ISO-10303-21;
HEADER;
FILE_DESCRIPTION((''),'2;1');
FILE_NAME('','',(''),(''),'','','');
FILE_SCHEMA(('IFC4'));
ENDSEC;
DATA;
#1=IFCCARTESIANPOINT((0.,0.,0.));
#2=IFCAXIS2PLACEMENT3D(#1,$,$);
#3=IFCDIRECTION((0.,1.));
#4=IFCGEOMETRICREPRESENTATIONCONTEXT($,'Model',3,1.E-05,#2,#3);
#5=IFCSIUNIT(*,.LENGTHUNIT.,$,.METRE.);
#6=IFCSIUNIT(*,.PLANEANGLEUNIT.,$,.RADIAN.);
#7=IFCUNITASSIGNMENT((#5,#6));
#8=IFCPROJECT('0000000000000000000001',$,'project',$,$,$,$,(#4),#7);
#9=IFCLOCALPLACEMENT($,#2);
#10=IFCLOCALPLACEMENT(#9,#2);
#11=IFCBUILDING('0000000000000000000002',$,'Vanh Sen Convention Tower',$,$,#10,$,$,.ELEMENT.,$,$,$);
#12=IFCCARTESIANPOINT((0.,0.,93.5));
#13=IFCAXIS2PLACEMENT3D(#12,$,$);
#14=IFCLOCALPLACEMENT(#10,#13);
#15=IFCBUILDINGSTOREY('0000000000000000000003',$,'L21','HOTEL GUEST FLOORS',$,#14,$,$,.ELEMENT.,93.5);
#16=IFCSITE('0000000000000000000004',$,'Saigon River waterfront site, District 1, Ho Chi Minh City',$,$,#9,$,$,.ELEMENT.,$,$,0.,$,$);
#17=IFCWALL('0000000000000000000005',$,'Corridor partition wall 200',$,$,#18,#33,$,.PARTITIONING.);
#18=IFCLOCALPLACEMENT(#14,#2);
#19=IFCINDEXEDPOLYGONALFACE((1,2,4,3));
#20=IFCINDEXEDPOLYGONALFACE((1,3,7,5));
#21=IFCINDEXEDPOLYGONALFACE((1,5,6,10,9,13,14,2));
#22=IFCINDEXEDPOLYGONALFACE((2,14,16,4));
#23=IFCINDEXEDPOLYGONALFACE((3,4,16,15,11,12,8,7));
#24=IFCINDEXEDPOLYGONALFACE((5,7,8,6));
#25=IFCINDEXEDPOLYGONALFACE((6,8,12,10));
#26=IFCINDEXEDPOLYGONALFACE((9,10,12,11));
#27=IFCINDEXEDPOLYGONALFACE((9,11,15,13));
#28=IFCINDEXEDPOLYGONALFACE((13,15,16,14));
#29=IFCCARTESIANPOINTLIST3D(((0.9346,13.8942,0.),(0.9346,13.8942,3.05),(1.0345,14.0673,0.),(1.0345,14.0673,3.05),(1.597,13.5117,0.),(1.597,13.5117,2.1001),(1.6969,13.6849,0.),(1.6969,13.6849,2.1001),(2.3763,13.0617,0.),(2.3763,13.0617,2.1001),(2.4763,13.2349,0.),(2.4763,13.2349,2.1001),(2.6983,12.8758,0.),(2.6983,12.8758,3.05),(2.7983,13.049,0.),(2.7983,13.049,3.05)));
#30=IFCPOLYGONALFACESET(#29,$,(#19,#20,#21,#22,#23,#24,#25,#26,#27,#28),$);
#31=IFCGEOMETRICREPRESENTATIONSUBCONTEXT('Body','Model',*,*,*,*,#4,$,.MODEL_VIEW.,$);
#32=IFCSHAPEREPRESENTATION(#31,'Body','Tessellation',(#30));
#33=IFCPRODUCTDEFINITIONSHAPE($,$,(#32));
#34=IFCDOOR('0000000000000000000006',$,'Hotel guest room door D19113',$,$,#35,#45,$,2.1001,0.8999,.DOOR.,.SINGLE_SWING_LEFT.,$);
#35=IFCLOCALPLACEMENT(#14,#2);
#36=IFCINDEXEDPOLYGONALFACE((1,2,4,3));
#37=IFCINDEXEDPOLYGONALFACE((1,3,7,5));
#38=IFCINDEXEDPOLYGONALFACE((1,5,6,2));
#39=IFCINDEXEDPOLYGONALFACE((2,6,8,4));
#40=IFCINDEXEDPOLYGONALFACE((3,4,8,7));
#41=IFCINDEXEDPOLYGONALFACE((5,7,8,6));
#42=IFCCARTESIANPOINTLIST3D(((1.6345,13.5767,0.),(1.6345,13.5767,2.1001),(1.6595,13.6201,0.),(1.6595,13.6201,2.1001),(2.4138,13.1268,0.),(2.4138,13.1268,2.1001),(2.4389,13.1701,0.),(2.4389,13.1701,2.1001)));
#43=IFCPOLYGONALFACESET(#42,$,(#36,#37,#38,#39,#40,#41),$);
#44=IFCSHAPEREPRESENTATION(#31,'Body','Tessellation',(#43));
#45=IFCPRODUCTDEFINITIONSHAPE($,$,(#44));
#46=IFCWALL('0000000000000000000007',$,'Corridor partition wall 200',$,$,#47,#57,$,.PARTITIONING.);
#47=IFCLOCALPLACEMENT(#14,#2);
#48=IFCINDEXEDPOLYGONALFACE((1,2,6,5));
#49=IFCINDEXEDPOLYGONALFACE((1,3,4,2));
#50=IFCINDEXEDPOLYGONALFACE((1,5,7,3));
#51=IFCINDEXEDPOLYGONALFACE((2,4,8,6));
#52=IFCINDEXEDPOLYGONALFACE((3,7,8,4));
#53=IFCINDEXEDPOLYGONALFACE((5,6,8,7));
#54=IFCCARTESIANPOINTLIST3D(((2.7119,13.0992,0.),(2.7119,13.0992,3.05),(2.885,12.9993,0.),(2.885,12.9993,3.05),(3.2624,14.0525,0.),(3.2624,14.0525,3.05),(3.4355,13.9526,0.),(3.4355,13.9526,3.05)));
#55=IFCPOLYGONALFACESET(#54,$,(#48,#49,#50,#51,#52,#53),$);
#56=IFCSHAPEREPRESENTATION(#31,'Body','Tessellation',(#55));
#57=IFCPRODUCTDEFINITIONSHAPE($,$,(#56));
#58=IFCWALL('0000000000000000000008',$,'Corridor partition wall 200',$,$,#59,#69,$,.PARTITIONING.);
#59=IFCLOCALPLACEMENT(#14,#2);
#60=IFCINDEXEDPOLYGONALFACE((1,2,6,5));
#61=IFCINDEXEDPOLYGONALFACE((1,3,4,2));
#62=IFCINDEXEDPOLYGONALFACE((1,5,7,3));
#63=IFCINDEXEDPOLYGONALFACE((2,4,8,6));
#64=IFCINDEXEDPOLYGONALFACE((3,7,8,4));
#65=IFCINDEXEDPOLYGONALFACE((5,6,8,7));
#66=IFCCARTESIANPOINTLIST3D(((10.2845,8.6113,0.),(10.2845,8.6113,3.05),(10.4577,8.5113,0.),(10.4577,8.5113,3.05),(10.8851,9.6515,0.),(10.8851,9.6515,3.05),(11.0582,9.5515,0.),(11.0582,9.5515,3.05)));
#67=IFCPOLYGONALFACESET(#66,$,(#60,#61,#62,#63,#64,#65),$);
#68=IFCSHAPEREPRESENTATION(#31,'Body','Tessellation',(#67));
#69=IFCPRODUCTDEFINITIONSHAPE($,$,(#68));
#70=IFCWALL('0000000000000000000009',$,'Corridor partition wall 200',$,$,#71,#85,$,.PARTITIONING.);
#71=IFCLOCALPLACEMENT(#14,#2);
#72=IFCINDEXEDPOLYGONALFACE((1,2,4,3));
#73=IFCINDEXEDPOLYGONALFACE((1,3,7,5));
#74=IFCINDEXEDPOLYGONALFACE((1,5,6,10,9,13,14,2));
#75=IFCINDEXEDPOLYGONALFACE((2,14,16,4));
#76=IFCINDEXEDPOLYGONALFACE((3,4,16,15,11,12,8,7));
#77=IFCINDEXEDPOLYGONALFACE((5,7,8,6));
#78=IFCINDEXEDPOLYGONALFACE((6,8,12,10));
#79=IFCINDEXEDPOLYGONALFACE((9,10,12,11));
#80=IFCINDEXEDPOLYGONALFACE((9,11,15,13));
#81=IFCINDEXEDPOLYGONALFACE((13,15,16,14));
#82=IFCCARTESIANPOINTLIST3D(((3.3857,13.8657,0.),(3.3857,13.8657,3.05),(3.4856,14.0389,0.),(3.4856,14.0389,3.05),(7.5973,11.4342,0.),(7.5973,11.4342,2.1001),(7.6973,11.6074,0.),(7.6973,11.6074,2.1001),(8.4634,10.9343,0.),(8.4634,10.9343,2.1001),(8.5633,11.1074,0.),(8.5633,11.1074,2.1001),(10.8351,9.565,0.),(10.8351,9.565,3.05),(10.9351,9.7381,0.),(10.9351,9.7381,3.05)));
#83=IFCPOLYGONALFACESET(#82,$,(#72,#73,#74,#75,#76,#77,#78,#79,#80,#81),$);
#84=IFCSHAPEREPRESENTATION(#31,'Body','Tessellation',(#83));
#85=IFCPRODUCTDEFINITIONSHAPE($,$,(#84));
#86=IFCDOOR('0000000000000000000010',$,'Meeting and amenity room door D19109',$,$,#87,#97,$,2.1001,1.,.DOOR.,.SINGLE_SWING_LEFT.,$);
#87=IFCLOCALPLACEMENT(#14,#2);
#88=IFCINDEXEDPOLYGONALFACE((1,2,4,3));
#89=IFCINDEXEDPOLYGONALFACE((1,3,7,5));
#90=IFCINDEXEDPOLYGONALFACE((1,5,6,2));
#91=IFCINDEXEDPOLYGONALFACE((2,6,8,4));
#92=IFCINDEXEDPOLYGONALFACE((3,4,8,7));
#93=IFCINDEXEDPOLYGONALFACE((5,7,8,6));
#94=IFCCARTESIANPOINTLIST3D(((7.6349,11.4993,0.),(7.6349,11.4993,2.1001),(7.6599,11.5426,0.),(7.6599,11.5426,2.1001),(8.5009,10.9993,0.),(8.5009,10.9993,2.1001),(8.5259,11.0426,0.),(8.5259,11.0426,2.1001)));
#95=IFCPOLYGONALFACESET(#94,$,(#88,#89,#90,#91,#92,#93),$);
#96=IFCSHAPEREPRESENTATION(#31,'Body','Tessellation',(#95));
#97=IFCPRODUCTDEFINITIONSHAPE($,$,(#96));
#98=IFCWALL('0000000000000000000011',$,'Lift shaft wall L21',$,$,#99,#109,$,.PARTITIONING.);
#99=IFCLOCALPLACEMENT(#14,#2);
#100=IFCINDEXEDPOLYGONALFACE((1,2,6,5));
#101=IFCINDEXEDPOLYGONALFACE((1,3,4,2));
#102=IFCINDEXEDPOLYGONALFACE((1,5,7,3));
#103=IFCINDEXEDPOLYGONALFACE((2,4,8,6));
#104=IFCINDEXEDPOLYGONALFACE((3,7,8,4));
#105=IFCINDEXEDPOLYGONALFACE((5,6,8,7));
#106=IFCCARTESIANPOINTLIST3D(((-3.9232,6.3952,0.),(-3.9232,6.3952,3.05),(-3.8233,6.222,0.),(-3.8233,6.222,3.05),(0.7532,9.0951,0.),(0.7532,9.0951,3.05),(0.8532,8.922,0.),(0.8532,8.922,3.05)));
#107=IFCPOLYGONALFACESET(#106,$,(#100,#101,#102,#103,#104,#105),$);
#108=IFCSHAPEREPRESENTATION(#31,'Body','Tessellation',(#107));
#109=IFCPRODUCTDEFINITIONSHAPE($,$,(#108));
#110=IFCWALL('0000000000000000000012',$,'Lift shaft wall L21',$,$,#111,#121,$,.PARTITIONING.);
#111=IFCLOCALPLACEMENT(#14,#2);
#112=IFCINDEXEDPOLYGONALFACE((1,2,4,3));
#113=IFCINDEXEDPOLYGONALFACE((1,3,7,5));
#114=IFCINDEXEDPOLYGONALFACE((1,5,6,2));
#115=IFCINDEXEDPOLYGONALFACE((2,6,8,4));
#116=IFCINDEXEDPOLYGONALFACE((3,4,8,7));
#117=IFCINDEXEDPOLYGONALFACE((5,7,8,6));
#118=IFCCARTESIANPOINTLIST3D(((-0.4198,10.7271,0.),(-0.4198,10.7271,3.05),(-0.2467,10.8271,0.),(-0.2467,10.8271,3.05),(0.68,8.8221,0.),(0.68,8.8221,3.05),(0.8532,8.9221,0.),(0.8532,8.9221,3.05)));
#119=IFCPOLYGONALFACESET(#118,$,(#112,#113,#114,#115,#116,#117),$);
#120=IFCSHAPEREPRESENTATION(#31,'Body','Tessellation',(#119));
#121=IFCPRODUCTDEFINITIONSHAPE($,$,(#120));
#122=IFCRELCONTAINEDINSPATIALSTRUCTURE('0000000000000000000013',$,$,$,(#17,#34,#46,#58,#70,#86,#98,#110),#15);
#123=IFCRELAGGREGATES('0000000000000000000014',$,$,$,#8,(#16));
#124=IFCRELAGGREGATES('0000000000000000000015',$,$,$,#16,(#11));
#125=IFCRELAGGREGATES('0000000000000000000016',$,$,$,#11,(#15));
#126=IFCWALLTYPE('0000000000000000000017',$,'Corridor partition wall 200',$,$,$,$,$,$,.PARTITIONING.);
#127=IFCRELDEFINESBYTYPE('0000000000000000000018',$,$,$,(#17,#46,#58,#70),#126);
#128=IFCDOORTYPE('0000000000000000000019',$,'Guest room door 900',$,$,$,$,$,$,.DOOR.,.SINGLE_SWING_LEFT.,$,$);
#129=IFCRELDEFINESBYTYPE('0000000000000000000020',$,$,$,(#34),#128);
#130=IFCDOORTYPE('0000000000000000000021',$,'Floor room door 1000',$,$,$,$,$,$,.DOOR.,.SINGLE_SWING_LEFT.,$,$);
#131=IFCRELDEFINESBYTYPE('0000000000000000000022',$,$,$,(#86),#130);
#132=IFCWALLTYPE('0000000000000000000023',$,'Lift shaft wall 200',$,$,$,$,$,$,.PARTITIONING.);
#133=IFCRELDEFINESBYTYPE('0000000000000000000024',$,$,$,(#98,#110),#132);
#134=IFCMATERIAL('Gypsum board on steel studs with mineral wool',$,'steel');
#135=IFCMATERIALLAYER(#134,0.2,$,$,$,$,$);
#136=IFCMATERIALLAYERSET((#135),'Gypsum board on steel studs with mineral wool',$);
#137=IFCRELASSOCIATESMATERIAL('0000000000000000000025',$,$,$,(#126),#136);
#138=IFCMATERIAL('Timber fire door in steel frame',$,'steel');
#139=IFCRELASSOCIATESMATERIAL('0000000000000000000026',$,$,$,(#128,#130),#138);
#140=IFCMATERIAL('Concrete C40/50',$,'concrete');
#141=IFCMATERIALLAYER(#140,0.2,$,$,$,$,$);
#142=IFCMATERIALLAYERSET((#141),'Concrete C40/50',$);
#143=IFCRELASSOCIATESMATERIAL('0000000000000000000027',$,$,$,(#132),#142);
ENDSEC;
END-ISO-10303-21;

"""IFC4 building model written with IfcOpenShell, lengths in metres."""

from ifc_helpers import new_model, si_unit, direction, frame, frame_2d, origin, place, context, subcontext, project, spatial, rectangle, extrude, material, layer, layer_set, type_object, element, fill, save


model = new_model("IFC4")

# Units and contexts
model_context = context("Model", 3, precision=1e-05, world=origin(), true_north=direction((0.0, 1.0)))
body_context = subcontext(model_context, "Body", "Model", "MODEL_VIEW")
ifc_project = project(units=[si_unit("LENGTHUNIT", "METRE"), si_unit("PLANEANGLEUNIT", "RADIAN")], contexts=[model_context])

# Site, building, storey
site_placement = place(None, origin())
site = spatial("IfcSite", under=ifc_project, at=site_placement, Name="Saigon River waterfront site, District 1, Ho Chi Minh City", CompositionType="ELEMENT", RefElevation=0.0)
building_placement = place(site_placement, origin())
building = spatial("IfcBuilding", under=site, at=building_placement, Name="Vanh Sen Convention Tower", CompositionType="ELEMENT")
storey_placement = place(building_placement, frame((0.0, 0.0, 93.5)))
storey = spatial("IfcBuildingStorey", under=building, at=storey_placement, Name="L21", Description="HOTEL GUEST FLOORS", CompositionType="ELEMENT", Elevation=93.5)

# Wall, opening, door
ifc_material_1 = material(Name="Gypsum board on steel studs with mineral wool", Category="steel")
ifc_layer_1 = layer(ifc_material_1, 0.2)
ifc_layer_set_1 = layer_set([ifc_layer_1], Name="Gypsum board on steel studs with mineral wool")
wall_type_1 = type_object("IfcWallType", Name="Corridor partition wall 200", PredefinedType="PARTITIONING", material=ifc_layer_set_1)
ifc_material_2 = material(Name="Timber fire door in steel frame", Category="steel")
door_type_1 = type_object("IfcDoorType", Name="Guest room door 900", OperationType="SINGLE_SWING_LEFT", PredefinedType="DOOR", material=ifc_material_2)
wall_1_placement = place(storey_placement, frame((2.7483, 12.9624, 0.0), z_axis=(0.0, 0.0, 1.0), x_axis=(-0.866014, 0.50002, 0.0)))
wall_1 = element("IfcWall", 1, at=wall_1_placement, inside=storey, type_object=wall_type_1, Name="Corridor partition wall 200", PredefinedType="PARTITIONING", context=body_context, shape_type="SweptSolid", body=[
    extrude(rectangle(XDim=2.0366, YDim=0.2, at=frame_2d((1.0183, 0.0))), origin(), (0.0, 0.0, 1.0), 3.05),
])
opening_1_placement = place(wall_1_placement, frame((0.3718, 0.0, 0.0)))
opening_1 = element("IfcOpeningElement", 2, at=opening_1_placement, cuts=wall_1, PredefinedType="OPENING", context=body_context, shape_type="SweptSolid", body=[
    extrude(rectangle(XDim=0.8999, YDim=2.1001, at=frame_2d((0.45, 1.05))), frame((0.0, 0.1099, 0.0), z_axis=(0.0, -1.0, 0.0), x_axis=(1.0, 0.0, 0.0)), (0.0, 0.0, 1.0), 0.22),
])
door_1_placement = place(opening_1_placement, origin())
door_1 = element("IfcDoor", 3, at=door_1_placement, inside=storey, type_object=door_type_1, Name="Hotel guest room door D19113", OperationType="SINGLE_SWING_LEFT", OverallHeight=2.1001, OverallWidth=0.8999, PredefinedType="DOOR", context=body_context, shape_type="SweptSolid", body=[
    extrude(rectangle(XDim=0.8999, YDim=2.1001, at=frame_2d((0.45, 1.05))), frame((0.0, 0.0249, 0.0), z_axis=(0.0, -1.0, 0.0), x_axis=(1.0, 0.0, 0.0)), (0.0, 0.0, 1.0), 0.05),
])
fill(opening_1, door_1)

# Walls
wall_2_placement = place(storey_placement, frame((3.3489, 14.0024, 0.0), z_axis=(0.0, 0.0, 1.0), x_axis=(-0.500074, -0.865982, 0.0)))
element("IfcWall", 4, at=wall_2_placement, inside=storey, type_object=wall_type_1, Name="Corridor partition wall 200", PredefinedType="PARTITIONING", context=body_context, shape_type="SweptSolid", body=[
    extrude(rectangle(XDim=1.1008, YDim=0.2, at=frame_2d((0.5503, 0.0))), origin(), (0.0, 0.0, 1.0), 3.05),
])
wall_3_placement = place(storey_placement, frame((10.3711, 8.5613, 0.0), z_axis=(0.0, 0.0, 1.0), x_axis=(0.499986, 0.866033, 0.0)))
element("IfcWall", 5, at=wall_3_placement, inside=storey, type_object=wall_type_1, Name="Corridor partition wall 200", PredefinedType="PARTITIONING", context=body_context, shape_type="SweptSolid", body=[
    extrude(rectangle(XDim=1.2012, YDim=0.2, at=frame_2d((0.6006, 0.0))), origin(), (0.0, 0.0, 1.0), 3.05),
])

# Wall, opening, door
wall_4_placement = place(storey_placement, frame((10.885, 9.6516, 0.0), z_axis=(0.0, 0.0, 1.0), x_axis=(-0.866034, 0.499985, 0.0)))
wall_4 = element("IfcWall", 6, at=wall_4_placement, inside=storey, type_object=wall_type_1, Name="Corridor partition wall 200", PredefinedType="PARTITIONING", context=body_context, shape_type="SweptSolid", body=[
    extrude(rectangle(XDim=8.6018, YDim=0.2, at=frame_2d((4.3008, 0.0))), origin(), (0.0, 0.0, 1.0), 3.05),
])
opening_2_placement = place(wall_4_placement, frame((2.7385, 0.0, 0.0)))
opening_2 = element("IfcOpeningElement", 7, at=opening_2_placement, cuts=wall_4, PredefinedType="OPENING", context=body_context, shape_type="SweptSolid", body=[
    extrude(rectangle(XDim=1.0, YDim=2.1001, at=frame_2d((0.5, 1.05))), frame((0.0, 0.1099, 0.0), z_axis=(0.0, -1.0, 0.0), x_axis=(1.0, 0.0, 0.0)), (0.0, 0.0, 1.0), 0.22),
])
door_type_2 = type_object("IfcDoorType", Name="Floor room door 1000", OperationType="SINGLE_SWING_LEFT", PredefinedType="DOOR", material=ifc_material_2)
door_2_placement = place(opening_2_placement, origin())
door_2 = element("IfcDoor", 8, at=door_2_placement, inside=storey, type_object=door_type_2, Name="Meeting and amenity room door D19109", OperationType="SINGLE_SWING_LEFT", OverallHeight=2.1001, OverallWidth=1.0, PredefinedType="DOOR", context=body_context, shape_type="SweptSolid", body=[
    extrude(rectangle(XDim=1.0, YDim=2.1001, at=frame_2d((0.5, 1.05))), frame((0.0, 0.0249, 0.0), z_axis=(0.0, -1.0, 0.0), x_axis=(1.0, 0.0, 0.0)), (0.0, 0.0, 1.0), 0.05),
])
fill(opening_2, door_2)

# Walls
ifc_material_3 = material(Name="Concrete C40/50", Category="concrete")
ifc_layer_2 = layer(ifc_material_3, 0.2)
ifc_layer_set_2 = layer_set([ifc_layer_2], Name="Concrete C40/50")
wall_type_2 = type_object("IfcWallType", Name="Lift shaft wall 200", PredefinedType="PARTITIONING", material=ifc_layer_set_2)
wall_5_placement = place(storey_placement, frame((0.8032, 9.0085, 0.0), z_axis=(0.0, 0.0, 1.0), x_axis=(-0.866028, -0.499995, 0.0)))
element("IfcWall", 9, at=wall_5_placement, inside=storey, type_object=wall_type_2, Name="Lift shaft wall L21", PredefinedType="PARTITIONING", context=body_context, shape_type="SweptSolid", body=[
    extrude(rectangle(XDim=5.3999, YDim=0.2, at=frame_2d((2.7, 0.0))), origin(), (0.0, 0.0, 1.0), 3.05),
])
wall_6_placement = place(storey_placement, frame((0.7666, 8.8721, 0.0), z_axis=(0.0, 0.0, 1.0), x_axis=(-0.499995, 0.866028, 0.0)))
element("IfcWall", 10, at=wall_6_placement, inside=storey, type_object=wall_type_2, Name="Lift shaft wall L21", PredefinedType="PARTITIONING", context=body_context, shape_type="SweptSolid", body=[
    extrude(rectangle(XDim=2.1997, YDim=0.2, at=frame_2d((1.0999, 0.0))), origin(), (0.0, 0.0, 1.0), 3.05),
])

save(model, "model.ifc")
